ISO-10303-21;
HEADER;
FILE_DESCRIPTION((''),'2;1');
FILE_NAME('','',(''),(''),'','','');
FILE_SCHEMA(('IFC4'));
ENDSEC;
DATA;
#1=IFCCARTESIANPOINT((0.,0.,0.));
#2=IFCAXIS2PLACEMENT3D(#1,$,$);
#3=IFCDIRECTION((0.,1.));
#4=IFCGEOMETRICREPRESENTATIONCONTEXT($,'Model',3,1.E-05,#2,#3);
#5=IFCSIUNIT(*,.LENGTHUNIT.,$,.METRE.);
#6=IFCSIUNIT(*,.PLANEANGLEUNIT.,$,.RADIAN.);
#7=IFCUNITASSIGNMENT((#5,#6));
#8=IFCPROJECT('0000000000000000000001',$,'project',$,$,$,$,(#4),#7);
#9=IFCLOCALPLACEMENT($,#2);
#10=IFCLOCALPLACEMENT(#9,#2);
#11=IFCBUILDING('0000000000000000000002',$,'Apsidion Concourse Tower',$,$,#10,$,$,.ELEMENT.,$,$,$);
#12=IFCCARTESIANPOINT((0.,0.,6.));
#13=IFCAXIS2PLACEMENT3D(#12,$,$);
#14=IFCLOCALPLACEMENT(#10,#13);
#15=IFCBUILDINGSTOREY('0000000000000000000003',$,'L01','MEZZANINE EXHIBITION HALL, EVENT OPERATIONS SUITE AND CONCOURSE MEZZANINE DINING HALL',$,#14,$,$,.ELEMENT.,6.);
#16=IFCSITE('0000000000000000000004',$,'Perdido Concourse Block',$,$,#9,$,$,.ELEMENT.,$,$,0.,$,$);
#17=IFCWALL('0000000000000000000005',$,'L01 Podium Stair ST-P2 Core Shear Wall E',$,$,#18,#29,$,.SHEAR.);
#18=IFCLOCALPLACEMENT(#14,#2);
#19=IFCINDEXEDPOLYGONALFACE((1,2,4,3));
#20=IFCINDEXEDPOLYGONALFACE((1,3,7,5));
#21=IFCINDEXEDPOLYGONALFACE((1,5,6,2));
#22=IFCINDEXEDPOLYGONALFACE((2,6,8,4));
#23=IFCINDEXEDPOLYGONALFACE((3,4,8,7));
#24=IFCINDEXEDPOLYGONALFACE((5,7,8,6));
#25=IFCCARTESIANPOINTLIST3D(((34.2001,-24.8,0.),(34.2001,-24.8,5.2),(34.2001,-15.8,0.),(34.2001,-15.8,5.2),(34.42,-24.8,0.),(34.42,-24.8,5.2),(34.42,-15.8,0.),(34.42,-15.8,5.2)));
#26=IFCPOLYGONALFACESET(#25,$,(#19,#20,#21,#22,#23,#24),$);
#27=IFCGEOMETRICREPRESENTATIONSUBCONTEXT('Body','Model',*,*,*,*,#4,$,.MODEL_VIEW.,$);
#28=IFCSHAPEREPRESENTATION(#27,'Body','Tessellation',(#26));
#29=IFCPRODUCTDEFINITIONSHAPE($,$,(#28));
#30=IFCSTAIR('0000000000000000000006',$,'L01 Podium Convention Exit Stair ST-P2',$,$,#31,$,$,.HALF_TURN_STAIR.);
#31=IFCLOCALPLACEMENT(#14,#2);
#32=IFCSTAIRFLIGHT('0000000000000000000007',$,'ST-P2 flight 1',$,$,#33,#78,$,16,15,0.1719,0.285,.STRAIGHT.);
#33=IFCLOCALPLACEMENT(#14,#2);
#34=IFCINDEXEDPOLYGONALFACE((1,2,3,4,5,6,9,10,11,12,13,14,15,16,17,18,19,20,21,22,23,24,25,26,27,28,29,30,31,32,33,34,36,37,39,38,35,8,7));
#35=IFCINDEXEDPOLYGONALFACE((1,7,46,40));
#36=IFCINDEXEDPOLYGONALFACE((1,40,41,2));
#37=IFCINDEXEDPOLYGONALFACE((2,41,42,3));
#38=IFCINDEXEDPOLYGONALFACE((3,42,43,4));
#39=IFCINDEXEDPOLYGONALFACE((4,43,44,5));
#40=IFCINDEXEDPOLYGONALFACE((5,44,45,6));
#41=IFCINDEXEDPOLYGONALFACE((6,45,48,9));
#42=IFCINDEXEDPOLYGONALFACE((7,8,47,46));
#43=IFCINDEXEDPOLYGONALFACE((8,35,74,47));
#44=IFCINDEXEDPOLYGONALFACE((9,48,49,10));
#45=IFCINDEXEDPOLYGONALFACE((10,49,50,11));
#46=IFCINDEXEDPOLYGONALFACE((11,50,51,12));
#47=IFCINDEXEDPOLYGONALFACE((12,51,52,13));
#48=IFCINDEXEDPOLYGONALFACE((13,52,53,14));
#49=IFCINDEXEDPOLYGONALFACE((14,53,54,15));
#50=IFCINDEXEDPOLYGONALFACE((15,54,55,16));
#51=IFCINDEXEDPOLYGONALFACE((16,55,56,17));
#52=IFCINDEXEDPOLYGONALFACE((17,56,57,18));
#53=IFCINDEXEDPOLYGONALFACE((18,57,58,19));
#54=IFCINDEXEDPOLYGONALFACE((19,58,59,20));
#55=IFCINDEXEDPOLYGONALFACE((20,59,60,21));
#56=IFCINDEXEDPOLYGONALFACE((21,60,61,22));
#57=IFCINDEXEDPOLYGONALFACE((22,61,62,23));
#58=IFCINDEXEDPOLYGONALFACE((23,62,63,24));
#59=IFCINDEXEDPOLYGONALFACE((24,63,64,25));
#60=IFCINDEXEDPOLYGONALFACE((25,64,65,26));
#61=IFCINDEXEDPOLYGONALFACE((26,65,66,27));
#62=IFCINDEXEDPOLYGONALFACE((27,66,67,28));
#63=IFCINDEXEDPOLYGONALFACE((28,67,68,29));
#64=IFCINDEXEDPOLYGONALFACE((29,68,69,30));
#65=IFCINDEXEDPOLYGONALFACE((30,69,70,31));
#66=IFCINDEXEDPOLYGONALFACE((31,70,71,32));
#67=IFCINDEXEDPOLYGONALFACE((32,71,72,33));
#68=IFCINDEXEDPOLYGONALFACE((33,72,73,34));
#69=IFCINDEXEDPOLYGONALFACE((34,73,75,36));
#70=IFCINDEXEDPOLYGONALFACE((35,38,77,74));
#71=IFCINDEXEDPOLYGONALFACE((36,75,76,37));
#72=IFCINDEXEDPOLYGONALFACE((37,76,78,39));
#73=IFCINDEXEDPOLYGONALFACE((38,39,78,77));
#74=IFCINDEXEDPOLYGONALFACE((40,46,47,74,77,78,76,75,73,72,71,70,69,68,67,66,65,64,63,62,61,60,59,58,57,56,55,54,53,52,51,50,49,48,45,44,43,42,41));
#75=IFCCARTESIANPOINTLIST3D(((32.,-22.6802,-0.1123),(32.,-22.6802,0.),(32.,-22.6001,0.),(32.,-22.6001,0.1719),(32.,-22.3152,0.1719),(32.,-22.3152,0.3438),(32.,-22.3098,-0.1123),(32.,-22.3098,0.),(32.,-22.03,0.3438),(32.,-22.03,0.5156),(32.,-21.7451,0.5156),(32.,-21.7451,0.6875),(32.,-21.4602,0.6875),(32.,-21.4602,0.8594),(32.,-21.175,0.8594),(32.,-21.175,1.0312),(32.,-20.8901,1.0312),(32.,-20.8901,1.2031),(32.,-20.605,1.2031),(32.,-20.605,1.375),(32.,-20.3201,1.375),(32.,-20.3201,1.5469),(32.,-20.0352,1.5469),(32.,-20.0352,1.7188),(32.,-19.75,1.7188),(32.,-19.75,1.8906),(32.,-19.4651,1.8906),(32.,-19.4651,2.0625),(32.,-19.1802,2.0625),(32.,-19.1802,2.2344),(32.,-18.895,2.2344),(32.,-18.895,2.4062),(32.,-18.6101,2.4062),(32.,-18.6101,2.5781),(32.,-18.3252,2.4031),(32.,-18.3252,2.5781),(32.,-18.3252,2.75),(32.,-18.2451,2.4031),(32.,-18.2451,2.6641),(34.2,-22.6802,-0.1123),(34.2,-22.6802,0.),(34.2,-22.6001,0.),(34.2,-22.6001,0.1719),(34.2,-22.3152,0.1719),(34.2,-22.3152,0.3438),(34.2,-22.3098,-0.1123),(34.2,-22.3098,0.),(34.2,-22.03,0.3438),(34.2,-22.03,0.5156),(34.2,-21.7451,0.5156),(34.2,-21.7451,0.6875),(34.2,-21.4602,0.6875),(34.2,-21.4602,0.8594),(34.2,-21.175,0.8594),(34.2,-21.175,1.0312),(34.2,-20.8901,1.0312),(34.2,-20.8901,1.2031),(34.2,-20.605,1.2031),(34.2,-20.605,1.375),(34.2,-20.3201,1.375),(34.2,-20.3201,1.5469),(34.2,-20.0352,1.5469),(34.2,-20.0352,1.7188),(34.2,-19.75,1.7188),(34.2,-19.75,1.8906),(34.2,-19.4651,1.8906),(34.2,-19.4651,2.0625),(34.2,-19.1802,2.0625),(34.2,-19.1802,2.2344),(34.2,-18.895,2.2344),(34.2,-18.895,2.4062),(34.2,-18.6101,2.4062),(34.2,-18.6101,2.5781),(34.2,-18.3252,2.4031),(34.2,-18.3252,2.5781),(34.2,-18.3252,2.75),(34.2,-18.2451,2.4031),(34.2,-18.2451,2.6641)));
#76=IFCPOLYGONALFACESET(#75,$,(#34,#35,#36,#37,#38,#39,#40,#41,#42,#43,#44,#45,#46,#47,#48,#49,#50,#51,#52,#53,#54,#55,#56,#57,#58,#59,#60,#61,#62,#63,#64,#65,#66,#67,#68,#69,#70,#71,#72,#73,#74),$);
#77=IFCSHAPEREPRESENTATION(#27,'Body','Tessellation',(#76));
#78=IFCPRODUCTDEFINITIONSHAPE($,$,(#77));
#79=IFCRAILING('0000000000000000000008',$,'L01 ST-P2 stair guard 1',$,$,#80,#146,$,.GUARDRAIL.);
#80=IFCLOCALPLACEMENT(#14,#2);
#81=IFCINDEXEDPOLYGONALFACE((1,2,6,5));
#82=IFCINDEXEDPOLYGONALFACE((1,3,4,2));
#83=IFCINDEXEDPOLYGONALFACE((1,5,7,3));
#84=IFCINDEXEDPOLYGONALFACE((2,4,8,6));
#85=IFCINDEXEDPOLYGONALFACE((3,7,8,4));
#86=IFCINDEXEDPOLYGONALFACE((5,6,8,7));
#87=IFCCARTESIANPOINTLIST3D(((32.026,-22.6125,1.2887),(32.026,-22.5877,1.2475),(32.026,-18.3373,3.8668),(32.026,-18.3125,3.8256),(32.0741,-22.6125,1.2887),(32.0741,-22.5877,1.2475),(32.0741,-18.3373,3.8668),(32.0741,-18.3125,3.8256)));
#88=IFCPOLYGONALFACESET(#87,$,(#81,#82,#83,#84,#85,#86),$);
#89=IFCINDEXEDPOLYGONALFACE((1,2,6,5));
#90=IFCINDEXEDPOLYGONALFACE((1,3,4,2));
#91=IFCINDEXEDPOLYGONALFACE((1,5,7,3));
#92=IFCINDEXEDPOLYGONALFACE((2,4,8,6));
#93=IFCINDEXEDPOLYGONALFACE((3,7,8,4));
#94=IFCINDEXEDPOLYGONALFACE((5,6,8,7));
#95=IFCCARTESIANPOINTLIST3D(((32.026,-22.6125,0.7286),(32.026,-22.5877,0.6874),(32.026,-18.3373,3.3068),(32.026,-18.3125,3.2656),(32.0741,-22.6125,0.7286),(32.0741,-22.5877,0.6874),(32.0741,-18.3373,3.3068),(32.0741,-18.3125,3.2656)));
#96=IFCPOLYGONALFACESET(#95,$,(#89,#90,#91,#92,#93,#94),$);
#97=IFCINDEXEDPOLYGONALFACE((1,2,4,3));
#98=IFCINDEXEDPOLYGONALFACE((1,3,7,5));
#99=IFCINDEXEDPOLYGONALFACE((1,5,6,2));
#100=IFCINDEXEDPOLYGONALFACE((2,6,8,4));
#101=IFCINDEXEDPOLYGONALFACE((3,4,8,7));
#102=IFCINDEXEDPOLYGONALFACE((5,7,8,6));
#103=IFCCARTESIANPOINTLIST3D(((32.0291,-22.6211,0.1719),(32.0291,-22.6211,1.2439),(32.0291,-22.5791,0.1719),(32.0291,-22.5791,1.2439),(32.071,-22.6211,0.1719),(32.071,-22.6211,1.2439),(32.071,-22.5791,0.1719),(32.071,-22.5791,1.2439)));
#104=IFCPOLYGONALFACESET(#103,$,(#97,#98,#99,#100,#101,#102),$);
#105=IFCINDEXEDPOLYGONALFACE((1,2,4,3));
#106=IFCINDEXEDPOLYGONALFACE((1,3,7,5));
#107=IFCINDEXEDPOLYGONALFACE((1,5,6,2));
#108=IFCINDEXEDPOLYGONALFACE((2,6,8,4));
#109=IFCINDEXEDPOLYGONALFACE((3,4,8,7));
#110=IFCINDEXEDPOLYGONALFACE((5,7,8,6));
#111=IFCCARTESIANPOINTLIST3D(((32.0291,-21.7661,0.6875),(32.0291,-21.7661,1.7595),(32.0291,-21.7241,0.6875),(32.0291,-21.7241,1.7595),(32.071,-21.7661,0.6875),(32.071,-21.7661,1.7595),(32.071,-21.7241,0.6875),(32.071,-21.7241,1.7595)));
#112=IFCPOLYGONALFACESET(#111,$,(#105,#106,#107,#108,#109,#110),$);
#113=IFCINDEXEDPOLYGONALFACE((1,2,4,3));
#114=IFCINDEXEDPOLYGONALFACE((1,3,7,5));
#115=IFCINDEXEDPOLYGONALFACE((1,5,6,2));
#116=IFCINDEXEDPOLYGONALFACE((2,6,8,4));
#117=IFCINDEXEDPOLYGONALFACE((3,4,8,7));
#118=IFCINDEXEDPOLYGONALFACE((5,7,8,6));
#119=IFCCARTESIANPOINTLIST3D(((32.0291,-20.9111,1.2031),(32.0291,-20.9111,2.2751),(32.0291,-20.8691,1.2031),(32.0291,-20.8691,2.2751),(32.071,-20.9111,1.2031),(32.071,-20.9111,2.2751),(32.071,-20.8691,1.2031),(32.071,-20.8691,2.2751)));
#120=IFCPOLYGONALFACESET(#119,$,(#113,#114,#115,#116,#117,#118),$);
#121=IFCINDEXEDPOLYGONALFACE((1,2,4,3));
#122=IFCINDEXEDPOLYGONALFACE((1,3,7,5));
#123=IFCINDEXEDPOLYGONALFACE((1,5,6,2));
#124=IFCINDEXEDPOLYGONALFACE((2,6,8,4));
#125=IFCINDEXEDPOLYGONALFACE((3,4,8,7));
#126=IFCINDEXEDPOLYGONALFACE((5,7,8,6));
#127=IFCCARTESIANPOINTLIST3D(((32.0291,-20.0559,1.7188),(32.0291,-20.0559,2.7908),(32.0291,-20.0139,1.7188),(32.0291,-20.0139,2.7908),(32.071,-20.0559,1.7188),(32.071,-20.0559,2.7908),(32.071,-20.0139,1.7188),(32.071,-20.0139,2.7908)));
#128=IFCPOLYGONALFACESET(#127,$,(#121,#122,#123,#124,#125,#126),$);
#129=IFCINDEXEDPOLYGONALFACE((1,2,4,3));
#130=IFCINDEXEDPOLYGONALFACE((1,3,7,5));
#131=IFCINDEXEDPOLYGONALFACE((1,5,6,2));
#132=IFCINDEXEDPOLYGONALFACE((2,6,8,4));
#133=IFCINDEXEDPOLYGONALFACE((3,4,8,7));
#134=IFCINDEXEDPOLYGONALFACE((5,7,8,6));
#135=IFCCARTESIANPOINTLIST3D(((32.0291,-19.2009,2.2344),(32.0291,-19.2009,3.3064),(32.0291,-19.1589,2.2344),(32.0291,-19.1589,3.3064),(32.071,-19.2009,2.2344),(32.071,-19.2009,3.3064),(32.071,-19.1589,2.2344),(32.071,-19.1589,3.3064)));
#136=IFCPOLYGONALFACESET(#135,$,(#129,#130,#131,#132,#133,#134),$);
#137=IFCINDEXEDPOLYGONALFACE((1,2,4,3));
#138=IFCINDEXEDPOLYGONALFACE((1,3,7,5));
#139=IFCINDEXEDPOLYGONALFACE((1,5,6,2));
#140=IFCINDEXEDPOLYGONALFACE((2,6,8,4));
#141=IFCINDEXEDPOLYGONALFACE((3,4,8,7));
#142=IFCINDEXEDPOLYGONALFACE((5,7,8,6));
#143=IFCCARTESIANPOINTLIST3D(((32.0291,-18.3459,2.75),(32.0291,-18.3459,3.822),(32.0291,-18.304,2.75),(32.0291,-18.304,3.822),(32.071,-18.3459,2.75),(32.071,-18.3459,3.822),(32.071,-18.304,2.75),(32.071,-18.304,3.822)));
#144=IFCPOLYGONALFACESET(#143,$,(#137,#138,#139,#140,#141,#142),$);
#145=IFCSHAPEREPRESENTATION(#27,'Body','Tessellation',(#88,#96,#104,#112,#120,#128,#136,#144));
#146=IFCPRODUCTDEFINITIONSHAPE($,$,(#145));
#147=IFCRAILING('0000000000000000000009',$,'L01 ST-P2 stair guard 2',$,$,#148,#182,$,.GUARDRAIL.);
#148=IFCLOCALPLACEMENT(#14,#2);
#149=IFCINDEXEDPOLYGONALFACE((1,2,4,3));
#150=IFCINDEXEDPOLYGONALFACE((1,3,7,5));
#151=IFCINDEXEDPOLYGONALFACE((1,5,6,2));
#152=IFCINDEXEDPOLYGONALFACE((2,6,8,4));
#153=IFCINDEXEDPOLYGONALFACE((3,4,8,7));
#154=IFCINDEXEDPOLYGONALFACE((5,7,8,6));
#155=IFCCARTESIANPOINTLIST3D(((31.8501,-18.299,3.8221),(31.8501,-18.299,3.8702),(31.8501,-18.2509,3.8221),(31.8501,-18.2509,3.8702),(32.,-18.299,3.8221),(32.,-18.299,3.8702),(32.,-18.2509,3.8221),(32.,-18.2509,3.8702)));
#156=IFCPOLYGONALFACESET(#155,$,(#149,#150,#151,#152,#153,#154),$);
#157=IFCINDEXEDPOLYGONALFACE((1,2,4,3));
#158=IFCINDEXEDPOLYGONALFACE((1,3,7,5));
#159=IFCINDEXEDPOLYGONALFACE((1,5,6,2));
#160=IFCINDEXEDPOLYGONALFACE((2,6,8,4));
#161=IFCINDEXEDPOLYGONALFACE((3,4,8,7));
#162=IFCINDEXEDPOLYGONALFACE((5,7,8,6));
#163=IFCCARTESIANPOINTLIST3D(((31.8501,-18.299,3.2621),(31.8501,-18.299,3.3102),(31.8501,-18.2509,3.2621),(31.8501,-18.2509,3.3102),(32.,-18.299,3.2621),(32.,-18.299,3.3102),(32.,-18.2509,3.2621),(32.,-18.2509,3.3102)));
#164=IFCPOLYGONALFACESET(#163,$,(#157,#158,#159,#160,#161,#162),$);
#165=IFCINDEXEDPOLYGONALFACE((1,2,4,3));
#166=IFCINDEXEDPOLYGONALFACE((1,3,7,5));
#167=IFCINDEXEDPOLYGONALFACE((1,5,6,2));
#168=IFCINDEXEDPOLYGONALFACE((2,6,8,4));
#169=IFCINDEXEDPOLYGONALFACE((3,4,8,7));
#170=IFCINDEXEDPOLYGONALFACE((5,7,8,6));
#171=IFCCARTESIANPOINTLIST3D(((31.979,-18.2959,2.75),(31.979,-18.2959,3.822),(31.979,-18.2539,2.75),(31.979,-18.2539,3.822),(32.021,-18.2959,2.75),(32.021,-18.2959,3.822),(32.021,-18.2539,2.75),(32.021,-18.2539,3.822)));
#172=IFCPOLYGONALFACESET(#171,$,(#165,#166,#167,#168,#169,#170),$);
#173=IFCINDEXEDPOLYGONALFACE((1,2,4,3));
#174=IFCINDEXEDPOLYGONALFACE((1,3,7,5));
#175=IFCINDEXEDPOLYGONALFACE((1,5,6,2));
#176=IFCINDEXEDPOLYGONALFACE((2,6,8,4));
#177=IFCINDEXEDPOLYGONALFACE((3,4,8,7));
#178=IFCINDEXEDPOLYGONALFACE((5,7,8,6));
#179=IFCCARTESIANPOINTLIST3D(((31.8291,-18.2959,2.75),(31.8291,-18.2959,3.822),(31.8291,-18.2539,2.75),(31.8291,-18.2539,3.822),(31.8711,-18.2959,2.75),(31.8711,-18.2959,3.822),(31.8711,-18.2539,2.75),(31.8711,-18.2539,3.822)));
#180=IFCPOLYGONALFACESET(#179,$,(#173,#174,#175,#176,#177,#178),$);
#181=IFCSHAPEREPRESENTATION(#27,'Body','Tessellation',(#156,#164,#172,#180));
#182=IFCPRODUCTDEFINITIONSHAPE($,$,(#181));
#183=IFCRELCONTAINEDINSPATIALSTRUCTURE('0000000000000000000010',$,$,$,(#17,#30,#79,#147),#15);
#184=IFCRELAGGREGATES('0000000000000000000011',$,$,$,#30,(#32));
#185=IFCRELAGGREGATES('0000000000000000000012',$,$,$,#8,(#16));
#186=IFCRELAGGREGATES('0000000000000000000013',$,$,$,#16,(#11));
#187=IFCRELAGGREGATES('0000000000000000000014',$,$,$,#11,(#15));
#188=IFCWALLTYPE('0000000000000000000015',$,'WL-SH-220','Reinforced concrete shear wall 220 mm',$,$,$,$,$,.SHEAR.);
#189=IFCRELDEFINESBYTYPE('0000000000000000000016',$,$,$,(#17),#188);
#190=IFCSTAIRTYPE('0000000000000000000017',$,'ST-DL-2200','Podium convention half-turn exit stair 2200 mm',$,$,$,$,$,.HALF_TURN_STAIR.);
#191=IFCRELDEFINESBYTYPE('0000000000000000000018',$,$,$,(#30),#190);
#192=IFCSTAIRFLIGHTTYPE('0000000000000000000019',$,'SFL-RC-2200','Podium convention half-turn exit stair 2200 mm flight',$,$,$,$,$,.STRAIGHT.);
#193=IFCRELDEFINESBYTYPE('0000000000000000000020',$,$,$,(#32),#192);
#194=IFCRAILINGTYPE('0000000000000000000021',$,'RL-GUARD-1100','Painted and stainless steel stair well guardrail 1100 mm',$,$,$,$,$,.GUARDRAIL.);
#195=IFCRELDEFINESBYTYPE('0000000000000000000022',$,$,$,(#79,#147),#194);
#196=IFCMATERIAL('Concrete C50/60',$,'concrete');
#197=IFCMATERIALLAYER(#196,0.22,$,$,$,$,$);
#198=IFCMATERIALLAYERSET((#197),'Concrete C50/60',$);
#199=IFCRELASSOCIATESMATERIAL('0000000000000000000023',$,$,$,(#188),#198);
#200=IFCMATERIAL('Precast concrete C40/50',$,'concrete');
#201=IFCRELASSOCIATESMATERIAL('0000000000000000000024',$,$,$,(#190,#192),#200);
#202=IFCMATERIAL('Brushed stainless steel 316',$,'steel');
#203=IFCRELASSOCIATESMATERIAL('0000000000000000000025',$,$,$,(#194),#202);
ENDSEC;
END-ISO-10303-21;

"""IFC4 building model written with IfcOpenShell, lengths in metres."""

from ifc_helpers import new_model, si_unit, direction, frame, frame_2d, origin, origin_2d, place, context, subcontext, project, spatial, polyline, rectangle, outline, extrude, material, layer, layer_set, type_object, element, aggregate, save


model = new_model("IFC4")

# Units and contexts
model_context = context("Model", 3, precision=1e-05, world=origin(), true_north=direction((0.0, 1.0)))
body_context = subcontext(model_context, "Body", "Model", "MODEL_VIEW")
ifc_project = project(units=[si_unit("LENGTHUNIT", "METRE"), si_unit("PLANEANGLEUNIT", "RADIAN")], contexts=[model_context])

# Site, building, storey
site_placement = place(None, origin())
site = spatial("IfcSite", under=ifc_project, at=site_placement, Name="Perdido Concourse Block", CompositionType="ELEMENT", RefElevation=0.0)
building_placement = place(site_placement, origin())
building = spatial("IfcBuilding", under=site, at=building_placement, Name="Apsidion Concourse Tower", CompositionType="ELEMENT")
storey_placement = place(building_placement, frame((0.0, 0.0, 6.0)))
storey = spatial("IfcBuildingStorey", under=building, at=storey_placement, Name="L01", Description="MEZZANINE EXHIBITION HALL, EVENT OPERATIONS SUITE AND CONCOURSE MEZZANINE DINING HALL", CompositionType="ELEMENT", Elevation=6.0)

# Shared definitions
ifc_material_1 = material(Name="Precast concrete C40/50", Category="concrete")

# Wall
ifc_material_2 = material(Name="Concrete C50/60", Category="concrete")
ifc_layer_1 = layer(ifc_material_2, 0.22)
ifc_layer_set_1 = layer_set([ifc_layer_1], Name="Concrete C50/60")
wall_type_1 = type_object("IfcWallType", Name="WL-SH-220", Description="Reinforced concrete shear wall 220 mm", PredefinedType="SHEAR", material=ifc_layer_set_1)
wall_1_placement = place(storey_placement, frame((34.3101, -24.8, 0.0), z_axis=(0.0, 0.0, 1.0), x_axis=(0.0, 1.0, 0.0)))
element("IfcWall", 1, at=wall_1_placement, inside=storey, type_object=wall_type_1, Name="L01 Podium Stair ST-P2 Core Shear Wall E", PredefinedType="SHEAR", context=body_context, shape_type="SweptSolid", body=[
    extrude(rectangle(XDim=9.0, YDim=0.22, at=frame_2d((4.5, 0.0))), origin(), (0.0, 0.0, 1.0), 5.2),
])

# Stair, stair flight
stair_type = type_object("IfcStairType", Name="ST-DL-2200", Description="Podium convention half-turn exit stair 2200 mm", PredefinedType="HALF_TURN_STAIR", material=ifc_material_1)
stair_placement = place(storey_placement, origin())
stair = element("IfcStair", 2, at=stair_placement, inside=storey, type_object=stair_type, Name="L01 Podium Convention Exit Stair ST-P2", PredefinedType="HALF_TURN_STAIR")
stair_flight_type = type_object("IfcStairFlightType", Name="SFL-RC-2200", Description="Podium convention half-turn exit stair 2200 mm flight", PredefinedType="STRAIGHT", material=ifc_material_1)
stair_flight_placement = place(storey_placement, frame((33.1001, -22.6001, 0.0), z_axis=(0.0, 0.0, 1.0), x_axis=(0.0, 1.0, 0.0)))
stair_flight = element("IfcStairFlight", 3, at=stair_flight_placement, type_object=stair_flight_type, Name="ST-P2 flight 1", NumberOfRisers=16, NumberOfTreads=15, PredefinedType="STRAIGHT", RiserHeight=0.1719, TreadLength=0.285, context=body_context, shape_type="SweptSolid", body=[
    extrude(outline(polyline([(-0.0801, -0.1123), (-0.0801, 0.0), (0.0, 0.0), (0.0, 0.1719), (0.2849, 0.1719), (0.2849, 0.3438), (0.5701, 0.3438), (0.5701, 0.5156), (0.855, 0.5156), (0.855, 0.6875), (1.1399, 0.6875), (1.1399, 0.8594), (1.425, 0.8594), (1.425, 1.0312), (1.71, 1.0312), (1.71, 1.2031), (1.9951, 1.2031), (1.9951, 1.375), (2.28, 1.375), (2.28, 1.5469), (2.5649, 1.5469), (2.5649, 1.7188), (2.8501, 1.7188), (2.8501, 1.8906), (3.135, 1.8906), (3.135, 2.0625), (3.4199, 2.0625), (3.4199, 2.2344), (3.7051, 2.2344), (3.7051, 2.4062), (3.99, 2.4062), (3.99, 2.5781), (4.2749, 2.5781), (4.2749, 2.75), (4.355, 2.6641), (4.355, 2.4031), (4.2749, 2.4031), (0.2903, 0.0), (0.2903, -0.1123), (-0.0801, -0.1123)])), frame((0.0, 1.1001, 0.0), z_axis=(0.0, -1.0, 0.0), x_axis=(1.0, 0.0, 0.0)), (0.0, 0.0, 1.0), 2.2),
])
aggregate(stair, [stair_flight])

# Railings
ifc_material_3 = material(Name="Brushed stainless steel 316", Category="steel")
railing_type_1 = type_object("IfcRailingType", Name="RL-GUARD-1100", Description="Painted and stainless steel stair well guardrail 1100 mm", PredefinedType="GUARDRAIL", material=ifc_material_3)
railing_1_placement = place(storey_placement, frame((32.05, -22.6001, 0.1719)))
element("IfcRailing", 4, at=railing_1_placement, inside=storey, type_object=railing_type_1, Name="L01 ST-P2 stair guard 1", PredefinedType="GUARDRAIL", context=body_context, shape_type="SweptSolid", body=[
    extrude(rectangle(XDim=0.0481, YDim=0.0481, at=origin_2d()), frame((0.0, 0.0, 1.0962), z_axis=(0.0, 0.856339, 0.516415), x_axis=(-1.0, 0.0, 0.0)), (0.0, 0.0, 1.0), 4.9924),
    extrude(rectangle(XDim=0.0481, YDim=0.0481, at=origin_2d()), frame((0.0, 0.0, 0.5361), z_axis=(0.0, 0.856339, 0.516415), x_axis=(-1.0, 0.0, 0.0)), (0.0, 0.0, 1.0), 4.9924),
    extrude(rectangle(XDim=0.042, YDim=0.042, at=origin_2d()), origin(), (0.0, 0.0, 1.0), 1.072),
    extrude(rectangle(XDim=0.042, YDim=0.042, at=origin_2d()), frame((0.0, 0.855, 0.5156)), (0.0, 0.0, 1.0), 1.072),
    extrude(rectangle(XDim=0.042, YDim=0.042, at=origin_2d()), frame((0.0, 1.71, 1.0312)), (0.0, 0.0, 1.0), 1.072),
    extrude(rectangle(XDim=0.042, YDim=0.042, at=origin_2d()), frame((0.0, 2.5652, 1.5469)), (0.0, 0.0, 1.0), 1.072),
    extrude(rectangle(XDim=0.042, YDim=0.042, at=origin_2d()), frame((0.0, 3.4202, 2.0625)), (0.0, 0.0, 1.0), 1.072),
    extrude(rectangle(XDim=0.042, YDim=0.042, at=origin_2d()), frame((0.0, 4.2751, 2.5781)), (0.0, 0.0, 1.0), 1.072),
])
railing_2_placement = place(storey_placement, frame((32.0, -18.2749, 2.75)))
element("IfcRailing", 5, at=railing_2_placement, inside=storey, type_object=railing_type_1, Name="L01 ST-P2 stair guard 2", PredefinedType="GUARDRAIL", context=body_context, shape_type="SweptSolid", body=[
    extrude(rectangle(XDim=0.0481, YDim=0.0481, at=origin_2d()), frame((0.0, 0.0, 1.0962), z_axis=(-1.0, 0.0, 0.0), x_axis=(0.0, -1.0, 0.0)), (0.0, 0.0, 1.0), 0.1499),
    extrude(rectangle(XDim=0.0481, YDim=0.0481, at=origin_2d()), frame((0.0, 0.0, 0.5361), z_axis=(-1.0, 0.0, 0.0), x_axis=(0.0, -1.0, 0.0)), (0.0, 0.0, 1.0), 0.1499),
    extrude(rectangle(XDim=0.042, YDim=0.042, at=origin_2d()), origin(), (0.0, 0.0, 1.0), 1.072),
    extrude(rectangle(XDim=0.042, YDim=0.042, at=origin_2d()), frame((-0.1499, 0.0, 0.0)), (0.0, 0.0, 1.0), 1.072),
])

save(model, "model.ifc")
